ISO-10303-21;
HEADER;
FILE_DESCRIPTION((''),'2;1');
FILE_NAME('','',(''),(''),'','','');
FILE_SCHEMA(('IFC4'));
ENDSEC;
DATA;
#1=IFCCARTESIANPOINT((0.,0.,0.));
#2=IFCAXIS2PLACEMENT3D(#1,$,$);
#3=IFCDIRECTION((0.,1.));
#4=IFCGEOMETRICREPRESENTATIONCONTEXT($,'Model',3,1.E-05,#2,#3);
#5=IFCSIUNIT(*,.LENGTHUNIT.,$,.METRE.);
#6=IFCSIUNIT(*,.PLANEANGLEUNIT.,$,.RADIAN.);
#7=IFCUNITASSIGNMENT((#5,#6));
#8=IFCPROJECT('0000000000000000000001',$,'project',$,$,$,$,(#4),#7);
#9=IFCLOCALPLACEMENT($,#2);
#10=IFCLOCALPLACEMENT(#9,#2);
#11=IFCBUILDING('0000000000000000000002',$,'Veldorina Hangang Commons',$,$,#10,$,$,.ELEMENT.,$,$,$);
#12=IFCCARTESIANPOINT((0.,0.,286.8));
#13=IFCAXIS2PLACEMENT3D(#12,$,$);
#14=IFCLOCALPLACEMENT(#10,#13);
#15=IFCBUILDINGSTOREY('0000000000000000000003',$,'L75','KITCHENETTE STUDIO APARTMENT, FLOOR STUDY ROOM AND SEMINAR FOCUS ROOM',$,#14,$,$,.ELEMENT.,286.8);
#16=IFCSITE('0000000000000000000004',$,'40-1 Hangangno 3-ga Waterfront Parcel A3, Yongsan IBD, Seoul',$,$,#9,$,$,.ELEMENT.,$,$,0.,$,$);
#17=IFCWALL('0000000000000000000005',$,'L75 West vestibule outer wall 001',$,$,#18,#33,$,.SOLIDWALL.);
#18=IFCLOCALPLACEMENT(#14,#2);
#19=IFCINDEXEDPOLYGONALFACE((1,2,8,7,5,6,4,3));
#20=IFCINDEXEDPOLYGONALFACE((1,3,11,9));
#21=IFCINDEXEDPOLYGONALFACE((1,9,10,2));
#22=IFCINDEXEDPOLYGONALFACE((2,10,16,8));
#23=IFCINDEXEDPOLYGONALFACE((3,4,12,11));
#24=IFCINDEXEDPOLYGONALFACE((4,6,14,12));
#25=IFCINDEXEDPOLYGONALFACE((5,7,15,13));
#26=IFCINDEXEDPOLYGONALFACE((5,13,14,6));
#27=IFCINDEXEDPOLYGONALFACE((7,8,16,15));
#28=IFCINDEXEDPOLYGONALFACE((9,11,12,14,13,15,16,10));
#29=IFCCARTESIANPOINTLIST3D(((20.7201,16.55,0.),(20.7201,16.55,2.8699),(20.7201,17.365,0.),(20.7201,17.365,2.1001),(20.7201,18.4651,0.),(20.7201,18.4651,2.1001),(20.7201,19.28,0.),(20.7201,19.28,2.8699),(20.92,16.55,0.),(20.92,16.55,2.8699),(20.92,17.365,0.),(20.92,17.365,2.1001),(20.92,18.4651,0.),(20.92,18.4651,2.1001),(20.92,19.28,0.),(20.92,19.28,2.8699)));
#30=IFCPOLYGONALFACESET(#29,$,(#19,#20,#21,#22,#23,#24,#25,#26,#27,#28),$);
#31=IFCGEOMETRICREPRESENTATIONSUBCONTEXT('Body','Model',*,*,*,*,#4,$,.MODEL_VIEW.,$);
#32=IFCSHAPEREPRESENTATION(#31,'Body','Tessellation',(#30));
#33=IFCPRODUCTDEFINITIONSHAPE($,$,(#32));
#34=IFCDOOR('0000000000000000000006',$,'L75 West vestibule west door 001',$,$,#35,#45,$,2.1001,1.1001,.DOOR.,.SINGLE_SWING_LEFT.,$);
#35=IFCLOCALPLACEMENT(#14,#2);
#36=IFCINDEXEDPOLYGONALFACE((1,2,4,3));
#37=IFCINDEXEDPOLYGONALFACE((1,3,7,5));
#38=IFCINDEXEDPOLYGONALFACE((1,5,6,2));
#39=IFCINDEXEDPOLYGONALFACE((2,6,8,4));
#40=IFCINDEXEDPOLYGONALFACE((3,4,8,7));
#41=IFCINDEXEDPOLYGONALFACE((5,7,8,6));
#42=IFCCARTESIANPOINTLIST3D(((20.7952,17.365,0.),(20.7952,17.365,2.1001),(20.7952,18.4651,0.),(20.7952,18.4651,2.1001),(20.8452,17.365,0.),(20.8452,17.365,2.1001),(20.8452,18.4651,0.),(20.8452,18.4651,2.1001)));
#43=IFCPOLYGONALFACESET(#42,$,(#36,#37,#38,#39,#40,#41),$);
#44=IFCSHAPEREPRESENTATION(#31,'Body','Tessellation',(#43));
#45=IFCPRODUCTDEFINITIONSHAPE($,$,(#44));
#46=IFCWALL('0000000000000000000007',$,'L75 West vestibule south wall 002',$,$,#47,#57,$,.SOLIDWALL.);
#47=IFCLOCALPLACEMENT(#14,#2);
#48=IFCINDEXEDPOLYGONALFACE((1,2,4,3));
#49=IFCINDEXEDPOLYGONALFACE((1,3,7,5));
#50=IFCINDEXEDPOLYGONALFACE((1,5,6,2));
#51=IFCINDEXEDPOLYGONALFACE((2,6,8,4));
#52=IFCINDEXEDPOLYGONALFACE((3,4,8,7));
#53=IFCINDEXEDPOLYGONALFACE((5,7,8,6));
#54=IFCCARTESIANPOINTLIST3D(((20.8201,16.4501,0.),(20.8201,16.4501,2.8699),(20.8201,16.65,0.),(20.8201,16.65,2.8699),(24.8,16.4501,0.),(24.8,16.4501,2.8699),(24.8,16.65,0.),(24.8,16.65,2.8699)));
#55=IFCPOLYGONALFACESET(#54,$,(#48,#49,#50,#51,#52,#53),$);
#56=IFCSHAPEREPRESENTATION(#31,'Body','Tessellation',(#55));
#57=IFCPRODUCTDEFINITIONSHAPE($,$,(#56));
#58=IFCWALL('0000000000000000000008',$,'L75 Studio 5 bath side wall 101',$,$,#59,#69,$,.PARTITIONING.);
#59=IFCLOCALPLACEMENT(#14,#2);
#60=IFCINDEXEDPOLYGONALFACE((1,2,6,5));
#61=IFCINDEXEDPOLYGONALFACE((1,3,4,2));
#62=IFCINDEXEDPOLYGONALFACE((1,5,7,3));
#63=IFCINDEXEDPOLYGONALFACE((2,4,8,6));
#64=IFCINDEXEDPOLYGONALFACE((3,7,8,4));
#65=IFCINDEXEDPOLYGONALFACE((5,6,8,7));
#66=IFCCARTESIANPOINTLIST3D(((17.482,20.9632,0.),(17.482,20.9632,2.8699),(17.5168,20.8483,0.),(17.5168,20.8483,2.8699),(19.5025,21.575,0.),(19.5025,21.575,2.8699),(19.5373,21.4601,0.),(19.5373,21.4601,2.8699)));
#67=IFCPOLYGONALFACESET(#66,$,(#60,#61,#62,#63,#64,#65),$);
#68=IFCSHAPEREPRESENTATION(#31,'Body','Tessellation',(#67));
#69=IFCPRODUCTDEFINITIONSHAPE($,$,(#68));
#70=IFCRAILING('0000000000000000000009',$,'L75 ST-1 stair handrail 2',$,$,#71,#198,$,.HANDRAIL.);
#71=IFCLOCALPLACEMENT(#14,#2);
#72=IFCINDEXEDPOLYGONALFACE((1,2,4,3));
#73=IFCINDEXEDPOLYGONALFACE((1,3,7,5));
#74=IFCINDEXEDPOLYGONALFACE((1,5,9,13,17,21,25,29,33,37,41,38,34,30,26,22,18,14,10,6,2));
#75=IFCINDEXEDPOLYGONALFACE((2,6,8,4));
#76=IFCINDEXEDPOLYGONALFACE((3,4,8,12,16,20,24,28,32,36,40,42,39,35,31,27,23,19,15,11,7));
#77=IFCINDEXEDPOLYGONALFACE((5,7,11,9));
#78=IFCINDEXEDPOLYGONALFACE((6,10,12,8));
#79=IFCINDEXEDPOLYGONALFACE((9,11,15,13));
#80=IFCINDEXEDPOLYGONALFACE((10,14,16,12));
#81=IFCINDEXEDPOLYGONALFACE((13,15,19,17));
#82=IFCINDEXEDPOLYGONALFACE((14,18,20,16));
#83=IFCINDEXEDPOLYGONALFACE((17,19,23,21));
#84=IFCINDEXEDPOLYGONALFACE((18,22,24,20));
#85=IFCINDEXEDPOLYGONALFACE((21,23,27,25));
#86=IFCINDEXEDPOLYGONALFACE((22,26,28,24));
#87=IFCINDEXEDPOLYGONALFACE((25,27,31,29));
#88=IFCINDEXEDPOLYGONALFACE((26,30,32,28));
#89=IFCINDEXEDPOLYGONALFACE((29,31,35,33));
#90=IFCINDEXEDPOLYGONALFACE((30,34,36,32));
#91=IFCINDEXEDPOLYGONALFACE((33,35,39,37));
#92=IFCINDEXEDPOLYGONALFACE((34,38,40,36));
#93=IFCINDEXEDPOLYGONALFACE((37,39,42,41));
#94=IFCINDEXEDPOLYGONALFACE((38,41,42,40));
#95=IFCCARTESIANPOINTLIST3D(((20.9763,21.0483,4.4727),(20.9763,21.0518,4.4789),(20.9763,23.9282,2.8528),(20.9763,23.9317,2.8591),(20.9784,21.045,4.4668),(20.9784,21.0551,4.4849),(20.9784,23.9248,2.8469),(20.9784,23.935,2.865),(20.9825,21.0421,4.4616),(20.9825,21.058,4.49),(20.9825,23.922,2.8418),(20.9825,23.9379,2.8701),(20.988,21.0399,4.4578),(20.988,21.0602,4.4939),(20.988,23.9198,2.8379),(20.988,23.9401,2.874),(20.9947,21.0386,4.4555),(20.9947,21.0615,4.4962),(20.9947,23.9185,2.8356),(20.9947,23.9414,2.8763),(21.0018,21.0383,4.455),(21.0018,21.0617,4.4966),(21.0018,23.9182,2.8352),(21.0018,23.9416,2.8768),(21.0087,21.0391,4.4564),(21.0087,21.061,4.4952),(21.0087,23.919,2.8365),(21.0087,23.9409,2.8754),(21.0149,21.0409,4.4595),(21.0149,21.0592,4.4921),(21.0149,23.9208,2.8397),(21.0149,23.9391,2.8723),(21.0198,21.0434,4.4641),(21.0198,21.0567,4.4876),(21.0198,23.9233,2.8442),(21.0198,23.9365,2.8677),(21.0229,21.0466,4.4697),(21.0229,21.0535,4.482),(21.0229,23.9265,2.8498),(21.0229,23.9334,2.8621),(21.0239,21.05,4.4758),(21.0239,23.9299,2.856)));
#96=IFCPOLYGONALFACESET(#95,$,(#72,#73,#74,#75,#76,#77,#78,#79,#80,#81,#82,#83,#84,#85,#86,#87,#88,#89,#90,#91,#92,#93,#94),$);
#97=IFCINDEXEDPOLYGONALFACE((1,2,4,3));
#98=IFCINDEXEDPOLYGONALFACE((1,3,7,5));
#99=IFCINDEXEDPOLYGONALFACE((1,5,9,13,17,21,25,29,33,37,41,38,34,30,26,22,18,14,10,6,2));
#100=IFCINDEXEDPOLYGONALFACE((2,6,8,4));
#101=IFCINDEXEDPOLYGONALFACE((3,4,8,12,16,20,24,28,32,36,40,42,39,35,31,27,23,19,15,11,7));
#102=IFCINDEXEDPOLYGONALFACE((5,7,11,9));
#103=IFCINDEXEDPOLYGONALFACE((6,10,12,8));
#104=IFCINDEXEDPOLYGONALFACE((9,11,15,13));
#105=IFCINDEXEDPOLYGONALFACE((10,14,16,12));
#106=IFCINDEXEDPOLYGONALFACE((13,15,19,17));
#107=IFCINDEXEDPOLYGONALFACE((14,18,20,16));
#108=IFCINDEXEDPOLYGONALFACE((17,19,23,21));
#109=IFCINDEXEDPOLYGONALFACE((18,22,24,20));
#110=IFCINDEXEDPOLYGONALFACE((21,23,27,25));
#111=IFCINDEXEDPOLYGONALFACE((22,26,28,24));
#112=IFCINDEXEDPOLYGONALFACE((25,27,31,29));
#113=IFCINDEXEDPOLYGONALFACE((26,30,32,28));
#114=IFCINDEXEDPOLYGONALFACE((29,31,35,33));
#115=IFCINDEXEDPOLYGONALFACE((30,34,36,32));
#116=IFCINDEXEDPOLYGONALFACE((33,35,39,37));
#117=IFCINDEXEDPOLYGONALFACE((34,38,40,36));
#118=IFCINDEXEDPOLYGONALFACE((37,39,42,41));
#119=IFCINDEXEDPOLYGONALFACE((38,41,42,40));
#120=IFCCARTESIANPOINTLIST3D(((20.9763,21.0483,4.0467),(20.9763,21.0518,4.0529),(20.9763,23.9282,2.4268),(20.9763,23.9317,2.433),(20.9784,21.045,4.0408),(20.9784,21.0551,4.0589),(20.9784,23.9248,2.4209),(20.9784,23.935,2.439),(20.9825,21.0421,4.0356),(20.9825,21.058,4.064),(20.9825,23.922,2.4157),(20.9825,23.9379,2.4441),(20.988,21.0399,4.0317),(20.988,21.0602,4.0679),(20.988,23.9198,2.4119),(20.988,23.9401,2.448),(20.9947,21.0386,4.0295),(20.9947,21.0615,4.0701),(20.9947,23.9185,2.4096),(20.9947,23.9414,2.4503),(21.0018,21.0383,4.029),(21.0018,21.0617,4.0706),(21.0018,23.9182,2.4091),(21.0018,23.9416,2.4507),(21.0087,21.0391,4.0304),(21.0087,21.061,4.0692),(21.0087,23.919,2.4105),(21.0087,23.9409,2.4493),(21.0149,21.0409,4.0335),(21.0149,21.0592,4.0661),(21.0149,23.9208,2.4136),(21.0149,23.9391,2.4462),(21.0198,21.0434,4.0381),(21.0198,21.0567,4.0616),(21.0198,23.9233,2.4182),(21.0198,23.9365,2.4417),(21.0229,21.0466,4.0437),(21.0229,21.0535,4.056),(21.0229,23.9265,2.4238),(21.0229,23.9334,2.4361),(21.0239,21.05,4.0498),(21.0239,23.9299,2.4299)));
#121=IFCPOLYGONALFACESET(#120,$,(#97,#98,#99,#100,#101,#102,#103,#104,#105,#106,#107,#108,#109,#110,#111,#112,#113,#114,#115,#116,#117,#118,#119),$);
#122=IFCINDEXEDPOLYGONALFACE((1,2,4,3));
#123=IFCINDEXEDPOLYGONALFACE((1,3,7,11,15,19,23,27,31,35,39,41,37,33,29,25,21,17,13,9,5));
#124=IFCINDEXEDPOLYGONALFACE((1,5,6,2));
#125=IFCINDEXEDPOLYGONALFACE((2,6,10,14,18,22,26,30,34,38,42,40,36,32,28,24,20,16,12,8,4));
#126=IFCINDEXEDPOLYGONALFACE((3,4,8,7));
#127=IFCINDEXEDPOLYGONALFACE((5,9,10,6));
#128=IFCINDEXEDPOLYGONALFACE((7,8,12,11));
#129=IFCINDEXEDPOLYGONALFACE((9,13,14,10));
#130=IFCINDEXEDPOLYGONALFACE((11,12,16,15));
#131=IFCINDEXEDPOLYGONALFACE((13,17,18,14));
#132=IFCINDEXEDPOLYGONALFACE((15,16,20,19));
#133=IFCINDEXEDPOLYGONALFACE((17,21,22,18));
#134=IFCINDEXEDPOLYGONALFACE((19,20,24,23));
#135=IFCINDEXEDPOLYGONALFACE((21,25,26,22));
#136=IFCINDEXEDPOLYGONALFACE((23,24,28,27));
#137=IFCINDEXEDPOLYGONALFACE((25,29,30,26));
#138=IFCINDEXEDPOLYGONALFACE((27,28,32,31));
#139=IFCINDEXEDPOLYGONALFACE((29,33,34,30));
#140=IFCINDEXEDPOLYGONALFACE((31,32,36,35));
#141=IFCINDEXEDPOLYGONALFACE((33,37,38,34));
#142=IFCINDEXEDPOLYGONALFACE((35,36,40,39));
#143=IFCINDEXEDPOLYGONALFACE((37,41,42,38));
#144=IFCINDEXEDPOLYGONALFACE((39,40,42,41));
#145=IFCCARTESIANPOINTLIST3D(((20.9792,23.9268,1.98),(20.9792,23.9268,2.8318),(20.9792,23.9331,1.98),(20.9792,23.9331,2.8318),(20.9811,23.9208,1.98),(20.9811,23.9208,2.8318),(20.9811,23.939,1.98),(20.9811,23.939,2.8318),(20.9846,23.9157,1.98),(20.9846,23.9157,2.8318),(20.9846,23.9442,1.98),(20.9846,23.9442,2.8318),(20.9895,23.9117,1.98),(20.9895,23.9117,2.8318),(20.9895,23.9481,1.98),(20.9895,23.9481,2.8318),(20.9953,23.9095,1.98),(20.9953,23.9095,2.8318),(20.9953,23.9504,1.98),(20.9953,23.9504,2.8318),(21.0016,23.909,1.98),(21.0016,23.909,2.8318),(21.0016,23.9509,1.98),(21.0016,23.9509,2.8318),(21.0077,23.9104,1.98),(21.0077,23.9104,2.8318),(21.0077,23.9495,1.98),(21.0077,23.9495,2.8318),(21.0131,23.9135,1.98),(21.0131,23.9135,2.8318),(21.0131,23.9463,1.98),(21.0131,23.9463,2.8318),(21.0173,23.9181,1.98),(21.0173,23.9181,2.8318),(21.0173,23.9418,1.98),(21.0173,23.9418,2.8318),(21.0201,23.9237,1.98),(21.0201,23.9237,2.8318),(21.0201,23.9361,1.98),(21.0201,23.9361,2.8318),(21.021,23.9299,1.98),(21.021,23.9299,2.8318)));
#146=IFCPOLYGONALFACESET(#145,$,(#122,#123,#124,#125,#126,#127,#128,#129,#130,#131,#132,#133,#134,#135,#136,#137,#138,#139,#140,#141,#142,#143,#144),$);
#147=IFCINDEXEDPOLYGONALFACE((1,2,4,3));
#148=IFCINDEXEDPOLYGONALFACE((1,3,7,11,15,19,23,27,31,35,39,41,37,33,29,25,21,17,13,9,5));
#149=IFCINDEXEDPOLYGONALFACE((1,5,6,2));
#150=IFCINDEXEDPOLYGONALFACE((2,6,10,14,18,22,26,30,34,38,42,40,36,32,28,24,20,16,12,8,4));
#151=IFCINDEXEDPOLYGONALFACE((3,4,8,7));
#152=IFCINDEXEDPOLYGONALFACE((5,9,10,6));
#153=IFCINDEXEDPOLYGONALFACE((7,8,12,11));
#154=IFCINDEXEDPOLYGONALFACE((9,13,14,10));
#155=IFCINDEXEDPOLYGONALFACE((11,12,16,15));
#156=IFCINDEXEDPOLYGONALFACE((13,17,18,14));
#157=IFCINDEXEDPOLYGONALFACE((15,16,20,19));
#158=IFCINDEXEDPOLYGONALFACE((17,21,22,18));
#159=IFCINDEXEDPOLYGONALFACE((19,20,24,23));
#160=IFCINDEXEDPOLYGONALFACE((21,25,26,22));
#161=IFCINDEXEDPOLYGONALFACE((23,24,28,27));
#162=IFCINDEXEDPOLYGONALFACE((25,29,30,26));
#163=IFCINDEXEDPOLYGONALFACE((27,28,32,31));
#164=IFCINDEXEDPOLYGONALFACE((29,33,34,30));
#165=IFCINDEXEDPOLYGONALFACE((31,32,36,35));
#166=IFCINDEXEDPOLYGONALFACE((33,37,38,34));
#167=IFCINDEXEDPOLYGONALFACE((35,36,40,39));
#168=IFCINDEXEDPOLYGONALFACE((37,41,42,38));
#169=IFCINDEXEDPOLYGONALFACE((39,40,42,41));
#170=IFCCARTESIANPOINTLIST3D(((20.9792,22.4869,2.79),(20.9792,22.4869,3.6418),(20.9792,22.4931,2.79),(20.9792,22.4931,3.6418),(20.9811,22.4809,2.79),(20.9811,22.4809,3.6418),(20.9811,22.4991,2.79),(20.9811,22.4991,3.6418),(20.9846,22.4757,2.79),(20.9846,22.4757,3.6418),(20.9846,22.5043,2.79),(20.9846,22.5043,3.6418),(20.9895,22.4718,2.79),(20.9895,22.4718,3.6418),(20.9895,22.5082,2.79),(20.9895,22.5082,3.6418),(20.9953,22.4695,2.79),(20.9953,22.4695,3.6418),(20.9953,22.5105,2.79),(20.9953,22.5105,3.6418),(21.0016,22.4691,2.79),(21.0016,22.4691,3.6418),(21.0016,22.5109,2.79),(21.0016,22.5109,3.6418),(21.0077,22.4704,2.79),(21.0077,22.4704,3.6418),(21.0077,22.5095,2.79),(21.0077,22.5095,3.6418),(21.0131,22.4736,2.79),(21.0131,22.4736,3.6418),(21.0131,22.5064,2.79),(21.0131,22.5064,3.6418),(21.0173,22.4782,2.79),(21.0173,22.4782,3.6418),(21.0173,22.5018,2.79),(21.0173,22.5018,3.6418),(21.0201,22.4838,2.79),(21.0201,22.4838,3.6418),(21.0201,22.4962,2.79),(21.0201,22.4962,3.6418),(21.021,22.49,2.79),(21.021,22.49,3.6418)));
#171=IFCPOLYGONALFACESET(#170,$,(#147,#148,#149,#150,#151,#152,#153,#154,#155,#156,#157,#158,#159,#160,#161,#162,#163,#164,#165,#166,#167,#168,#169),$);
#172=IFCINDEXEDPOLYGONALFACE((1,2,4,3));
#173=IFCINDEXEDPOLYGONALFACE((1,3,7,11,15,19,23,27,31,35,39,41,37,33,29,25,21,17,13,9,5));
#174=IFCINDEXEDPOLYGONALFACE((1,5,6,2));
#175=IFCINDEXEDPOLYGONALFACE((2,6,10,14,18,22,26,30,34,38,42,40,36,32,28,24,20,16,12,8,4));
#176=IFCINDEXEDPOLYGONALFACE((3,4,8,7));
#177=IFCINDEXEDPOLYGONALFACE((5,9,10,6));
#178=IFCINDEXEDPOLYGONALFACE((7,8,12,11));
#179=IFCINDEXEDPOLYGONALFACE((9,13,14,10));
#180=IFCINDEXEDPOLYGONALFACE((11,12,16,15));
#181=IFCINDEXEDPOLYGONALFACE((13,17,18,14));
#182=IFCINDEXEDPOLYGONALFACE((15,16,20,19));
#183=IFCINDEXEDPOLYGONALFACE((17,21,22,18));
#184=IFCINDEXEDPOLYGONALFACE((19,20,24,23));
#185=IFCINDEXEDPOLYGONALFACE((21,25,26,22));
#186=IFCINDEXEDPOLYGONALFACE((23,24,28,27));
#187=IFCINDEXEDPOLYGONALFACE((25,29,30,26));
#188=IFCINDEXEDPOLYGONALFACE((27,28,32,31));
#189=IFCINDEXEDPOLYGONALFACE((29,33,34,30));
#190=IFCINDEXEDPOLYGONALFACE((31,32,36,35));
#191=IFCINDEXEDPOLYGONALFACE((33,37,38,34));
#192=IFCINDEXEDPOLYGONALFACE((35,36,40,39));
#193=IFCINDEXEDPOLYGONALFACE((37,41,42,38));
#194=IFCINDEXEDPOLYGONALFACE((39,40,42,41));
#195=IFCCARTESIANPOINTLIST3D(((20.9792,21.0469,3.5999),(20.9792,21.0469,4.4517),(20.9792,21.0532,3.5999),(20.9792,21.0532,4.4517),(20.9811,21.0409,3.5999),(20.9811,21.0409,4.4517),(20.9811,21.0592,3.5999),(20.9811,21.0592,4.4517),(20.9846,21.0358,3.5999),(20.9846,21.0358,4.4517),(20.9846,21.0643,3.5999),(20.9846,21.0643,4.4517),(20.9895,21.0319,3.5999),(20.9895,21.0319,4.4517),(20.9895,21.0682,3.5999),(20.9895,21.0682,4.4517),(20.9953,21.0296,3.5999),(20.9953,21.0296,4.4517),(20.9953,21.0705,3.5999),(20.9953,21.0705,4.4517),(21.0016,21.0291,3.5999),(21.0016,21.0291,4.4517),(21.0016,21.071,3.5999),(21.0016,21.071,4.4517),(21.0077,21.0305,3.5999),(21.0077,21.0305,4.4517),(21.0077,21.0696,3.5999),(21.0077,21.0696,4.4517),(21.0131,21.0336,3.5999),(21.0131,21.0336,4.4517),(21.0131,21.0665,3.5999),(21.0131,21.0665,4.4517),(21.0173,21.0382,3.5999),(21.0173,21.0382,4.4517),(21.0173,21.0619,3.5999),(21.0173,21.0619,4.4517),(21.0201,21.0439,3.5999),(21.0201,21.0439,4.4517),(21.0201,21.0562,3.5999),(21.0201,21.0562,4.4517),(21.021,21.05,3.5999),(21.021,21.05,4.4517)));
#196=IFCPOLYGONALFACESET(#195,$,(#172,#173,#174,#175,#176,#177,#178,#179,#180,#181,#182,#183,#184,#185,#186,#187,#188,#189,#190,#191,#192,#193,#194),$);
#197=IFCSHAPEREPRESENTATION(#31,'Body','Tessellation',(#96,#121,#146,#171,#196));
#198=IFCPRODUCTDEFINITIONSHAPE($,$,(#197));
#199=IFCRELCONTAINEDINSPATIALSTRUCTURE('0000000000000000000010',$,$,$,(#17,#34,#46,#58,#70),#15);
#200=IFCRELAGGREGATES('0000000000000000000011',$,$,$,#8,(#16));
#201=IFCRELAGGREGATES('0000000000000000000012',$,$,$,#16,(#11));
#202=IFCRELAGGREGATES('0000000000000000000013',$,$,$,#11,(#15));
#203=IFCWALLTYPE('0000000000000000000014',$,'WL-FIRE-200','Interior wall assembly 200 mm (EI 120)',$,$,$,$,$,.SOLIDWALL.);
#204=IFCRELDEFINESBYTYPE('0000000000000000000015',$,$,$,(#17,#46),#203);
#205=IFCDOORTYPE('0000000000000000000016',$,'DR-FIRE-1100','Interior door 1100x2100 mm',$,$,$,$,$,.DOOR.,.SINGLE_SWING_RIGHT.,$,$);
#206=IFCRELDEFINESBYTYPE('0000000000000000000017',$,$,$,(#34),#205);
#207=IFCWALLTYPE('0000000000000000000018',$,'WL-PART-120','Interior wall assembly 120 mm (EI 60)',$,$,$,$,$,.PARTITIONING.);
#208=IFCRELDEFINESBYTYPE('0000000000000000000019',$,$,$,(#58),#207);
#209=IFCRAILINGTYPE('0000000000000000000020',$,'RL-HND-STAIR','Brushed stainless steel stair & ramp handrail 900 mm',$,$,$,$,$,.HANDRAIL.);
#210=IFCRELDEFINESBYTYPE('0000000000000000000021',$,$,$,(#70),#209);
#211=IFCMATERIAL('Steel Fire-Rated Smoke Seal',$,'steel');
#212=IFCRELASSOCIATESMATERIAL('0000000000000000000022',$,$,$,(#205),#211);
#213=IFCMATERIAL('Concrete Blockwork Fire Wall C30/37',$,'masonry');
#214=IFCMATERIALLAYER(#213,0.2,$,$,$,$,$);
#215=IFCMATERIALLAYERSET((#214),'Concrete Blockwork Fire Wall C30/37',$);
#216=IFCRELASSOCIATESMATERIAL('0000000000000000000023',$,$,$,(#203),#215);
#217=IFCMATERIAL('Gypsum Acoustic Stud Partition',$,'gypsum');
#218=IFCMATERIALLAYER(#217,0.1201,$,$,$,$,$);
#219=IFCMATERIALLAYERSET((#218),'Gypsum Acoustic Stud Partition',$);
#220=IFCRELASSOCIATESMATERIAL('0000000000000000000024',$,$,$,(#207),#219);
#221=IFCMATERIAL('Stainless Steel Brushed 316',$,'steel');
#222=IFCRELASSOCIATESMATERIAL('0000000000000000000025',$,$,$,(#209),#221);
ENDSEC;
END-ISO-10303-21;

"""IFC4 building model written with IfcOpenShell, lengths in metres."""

from ifc_helpers import new_model, si_unit, direction, frame, frame_2d, origin, origin_2d, place, context, subcontext, project, spatial, rectangle, circle, extrude, material, layer, layer_set, type_object, element, fill, save


model = new_model("IFC4")

# Units and contexts
model_context = context("Model", 3, precision=1e-05, world=origin(), true_north=direction((0.0, 1.0)))
body_context = subcontext(model_context, "Body", "Model", "MODEL_VIEW")
ifc_project = project(units=[si_unit("LENGTHUNIT", "METRE"), si_unit("PLANEANGLEUNIT", "RADIAN")], contexts=[model_context])

# Site, building, storey
site_placement = place(None, origin())
site = spatial("IfcSite", under=ifc_project, at=site_placement, Name="40-1 Hangangno 3-ga Waterfront Parcel A3, Yongsan IBD, Seoul", CompositionType="ELEMENT", RefElevation=0.0)
building_placement = place(site_placement, origin())
building = spatial("IfcBuilding", under=site, at=building_placement, Name="Veldorina Hangang Commons", CompositionType="ELEMENT")
storey_placement = place(building_placement, frame((0.0, 0.0, 286.8)))
storey = spatial("IfcBuildingStorey", under=building, at=storey_placement, Name="L75", Description="KITCHENETTE STUDIO APARTMENT, FLOOR STUDY ROOM AND SEMINAR FOCUS ROOM", CompositionType="ELEMENT", Elevation=286.8)

# Shared definitions
ifc_material_1 = material(Name="Steel Fire-Rated Smoke Seal", Category="steel")
door_type_1 = type_object("IfcDoorType", Name="DR-FIRE-1100", Description="Interior door 1100x2100 mm", OperationType="SINGLE_SWING_RIGHT", PredefinedType="DOOR", material=ifc_material_1)

# Wall, opening, door
ifc_material_2 = material(Name="Concrete Blockwork Fire Wall C30/37", Category="masonry")
ifc_layer_1 = layer(ifc_material_2, 0.2)
ifc_layer_set_1 = layer_set([ifc_layer_1], Name="Concrete Blockwork Fire Wall C30/37")
wall_type_1 = type_object("IfcWallType", Name="WL-FIRE-200", Description="Interior wall assembly 200 mm (EI 120)", PredefinedType="SOLIDWALL", material=ifc_layer_set_1)
wall_1_placement = place(storey_placement, frame((20.8201, 16.55, 0.0), z_axis=(0.0, 0.0, 1.0), x_axis=(0.0, 1.0, 0.0)))
wall_1 = element("IfcWall", 1, at=wall_1_placement, inside=storey, type_object=wall_type_1, Name="L75 West vestibule outer wall 001", PredefinedType="SOLIDWALL", context=body_context, shape_type="SweptSolid", body=[
    extrude(rectangle(XDim=2.73, YDim=0.2, at=frame_2d((1.365, 0.0))), origin(), (0.0, 0.0, 1.0), 2.8699),
])
opening_1_placement = place(wall_1_placement, frame((0.8149, 0.0, 0.0)))
opening_1 = element("IfcOpeningElement", 2, at=opening_1_placement, cuts=wall_1, PredefinedType="OPENING", context=body_context, shape_type="SweptSolid", body=[
    extrude(rectangle(XDim=1.1001, YDim=2.1001, at=frame_2d((0.55, 1.05))), frame((0.0, 0.1099, 0.0), z_axis=(0.0, -1.0, 0.0), x_axis=(1.0, 0.0, 0.0)), (0.0, 0.0, 1.0), 0.22),
])
door_1_placement = place(opening_1_placement, origin())
door_1 = element("IfcDoor", 3, at=door_1_placement, inside=storey, type_object=door_type_1, Name="L75 West vestibule west door 001", OperationType="SINGLE_SWING_LEFT", OverallHeight=2.1001, OverallWidth=1.1001, PredefinedType="DOOR", context=body_context, shape_type="SweptSolid", body=[
    extrude(rectangle(XDim=1.1001, YDim=2.1001, at=frame_2d((0.55, 1.05))), frame((0.0, 0.0249, 0.0), z_axis=(0.0, -1.0, 0.0), x_axis=(1.0, 0.0, 0.0)), (0.0, 0.0, 1.0), 0.05),
])
fill(opening_1, door_1)

# Walls
wall_2_placement = place(storey_placement, frame((20.8201, 16.55, 0.0), z_axis=(0.0, 0.0, 1.0), x_axis=(1.0, 0.0, 0.0)))
element("IfcWall", 4, at=wall_2_placement, inside=storey, type_object=wall_type_1, Name="L75 West vestibule south wall 002", PredefinedType="SOLIDWALL", context=body_context, shape_type="SweptSolid", body=[
    extrude(rectangle(XDim=3.98, YDim=0.2, at=frame_2d((1.99, 0.0))), origin(), (0.0, 0.0, 1.0), 2.8699),
])
ifc_material_3 = material(Name="Gypsum Acoustic Stud Partition", Category="gypsum")
ifc_layer_2 = layer(ifc_material_3, 0.1201)
ifc_layer_set_2 = layer_set([ifc_layer_2], Name="Gypsum Acoustic Stud Partition")
wall_type_2 = type_object("IfcWallType", Name="WL-PART-120", Description="Interior wall assembly 120 mm (EI 60)", PredefinedType="PARTITIONING", material=ifc_layer_set_2)
wall_3_placement = place(storey_placement, frame((19.52, 21.5176, 0.0), z_axis=(0.0, 0.0, 1.0), x_axis=(-0.957085, -0.289808, 0.0)))
element("IfcWall", 5, at=wall_3_placement, inside=storey, type_object=wall_type_2, Name="L75 Studio 5 bath side wall 101", PredefinedType="PARTITIONING", context=body_context, shape_type="SweptSolid", body=[
    extrude(rectangle(XDim=2.1111, YDim=0.1201, at=frame_2d((1.0557, 0.0))), origin(), (0.0, 0.0, 1.0), 2.8699),
])

# Railing
ifc_material_4 = material(Name="Stainless Steel Brushed 316", Category="steel")
railing_type = type_object("IfcRailingType", Name="RL-HND-STAIR", Description="Brushed stainless steel stair & ramp handrail 900 mm", PredefinedType="HANDRAIL", material=ifc_material_4)
railing_placement = place(storey_placement, frame((21.0, 23.9299, 1.98)))
element("IfcRailing", 6, at=railing_placement, inside=storey, type_object=railing_type, Name="L75 ST-1 stair handrail 2", PredefinedType="HANDRAIL", context=body_context, shape_type="SweptSolid", body=[
    extrude(circle(Radius=0.0239, at=origin_2d()), frame((0.0, 0.0, 0.876), z_axis=(0.0, -0.871583, 0.490247), x_axis=(1.0, 0.0, 0.0)), (0.0, 0.0, 1.0), 3.3042),
    extrude(circle(Radius=0.0239, at=origin_2d()), frame((0.0, 0.0, 0.45), z_axis=(0.0, -0.871583, 0.490247), x_axis=(1.0, 0.0, 0.0)), (0.0, 0.0, 1.0), 3.3042),
    extrude(circle(Radius=0.021, at=origin_2d()), origin(), (0.0, 0.0, 1.0), 0.8518),
    extrude(circle(Radius=0.021, at=origin_2d()), frame((0.0, -1.4399, 0.8101)), (0.0, 0.0, 1.0), 0.8518),
    extrude(circle(Radius=0.021, at=origin_2d()), frame((0.0, -2.8799, 1.6199)), (0.0, 0.0, 1.0), 0.8518),
])

save(model, "model.ifc")
